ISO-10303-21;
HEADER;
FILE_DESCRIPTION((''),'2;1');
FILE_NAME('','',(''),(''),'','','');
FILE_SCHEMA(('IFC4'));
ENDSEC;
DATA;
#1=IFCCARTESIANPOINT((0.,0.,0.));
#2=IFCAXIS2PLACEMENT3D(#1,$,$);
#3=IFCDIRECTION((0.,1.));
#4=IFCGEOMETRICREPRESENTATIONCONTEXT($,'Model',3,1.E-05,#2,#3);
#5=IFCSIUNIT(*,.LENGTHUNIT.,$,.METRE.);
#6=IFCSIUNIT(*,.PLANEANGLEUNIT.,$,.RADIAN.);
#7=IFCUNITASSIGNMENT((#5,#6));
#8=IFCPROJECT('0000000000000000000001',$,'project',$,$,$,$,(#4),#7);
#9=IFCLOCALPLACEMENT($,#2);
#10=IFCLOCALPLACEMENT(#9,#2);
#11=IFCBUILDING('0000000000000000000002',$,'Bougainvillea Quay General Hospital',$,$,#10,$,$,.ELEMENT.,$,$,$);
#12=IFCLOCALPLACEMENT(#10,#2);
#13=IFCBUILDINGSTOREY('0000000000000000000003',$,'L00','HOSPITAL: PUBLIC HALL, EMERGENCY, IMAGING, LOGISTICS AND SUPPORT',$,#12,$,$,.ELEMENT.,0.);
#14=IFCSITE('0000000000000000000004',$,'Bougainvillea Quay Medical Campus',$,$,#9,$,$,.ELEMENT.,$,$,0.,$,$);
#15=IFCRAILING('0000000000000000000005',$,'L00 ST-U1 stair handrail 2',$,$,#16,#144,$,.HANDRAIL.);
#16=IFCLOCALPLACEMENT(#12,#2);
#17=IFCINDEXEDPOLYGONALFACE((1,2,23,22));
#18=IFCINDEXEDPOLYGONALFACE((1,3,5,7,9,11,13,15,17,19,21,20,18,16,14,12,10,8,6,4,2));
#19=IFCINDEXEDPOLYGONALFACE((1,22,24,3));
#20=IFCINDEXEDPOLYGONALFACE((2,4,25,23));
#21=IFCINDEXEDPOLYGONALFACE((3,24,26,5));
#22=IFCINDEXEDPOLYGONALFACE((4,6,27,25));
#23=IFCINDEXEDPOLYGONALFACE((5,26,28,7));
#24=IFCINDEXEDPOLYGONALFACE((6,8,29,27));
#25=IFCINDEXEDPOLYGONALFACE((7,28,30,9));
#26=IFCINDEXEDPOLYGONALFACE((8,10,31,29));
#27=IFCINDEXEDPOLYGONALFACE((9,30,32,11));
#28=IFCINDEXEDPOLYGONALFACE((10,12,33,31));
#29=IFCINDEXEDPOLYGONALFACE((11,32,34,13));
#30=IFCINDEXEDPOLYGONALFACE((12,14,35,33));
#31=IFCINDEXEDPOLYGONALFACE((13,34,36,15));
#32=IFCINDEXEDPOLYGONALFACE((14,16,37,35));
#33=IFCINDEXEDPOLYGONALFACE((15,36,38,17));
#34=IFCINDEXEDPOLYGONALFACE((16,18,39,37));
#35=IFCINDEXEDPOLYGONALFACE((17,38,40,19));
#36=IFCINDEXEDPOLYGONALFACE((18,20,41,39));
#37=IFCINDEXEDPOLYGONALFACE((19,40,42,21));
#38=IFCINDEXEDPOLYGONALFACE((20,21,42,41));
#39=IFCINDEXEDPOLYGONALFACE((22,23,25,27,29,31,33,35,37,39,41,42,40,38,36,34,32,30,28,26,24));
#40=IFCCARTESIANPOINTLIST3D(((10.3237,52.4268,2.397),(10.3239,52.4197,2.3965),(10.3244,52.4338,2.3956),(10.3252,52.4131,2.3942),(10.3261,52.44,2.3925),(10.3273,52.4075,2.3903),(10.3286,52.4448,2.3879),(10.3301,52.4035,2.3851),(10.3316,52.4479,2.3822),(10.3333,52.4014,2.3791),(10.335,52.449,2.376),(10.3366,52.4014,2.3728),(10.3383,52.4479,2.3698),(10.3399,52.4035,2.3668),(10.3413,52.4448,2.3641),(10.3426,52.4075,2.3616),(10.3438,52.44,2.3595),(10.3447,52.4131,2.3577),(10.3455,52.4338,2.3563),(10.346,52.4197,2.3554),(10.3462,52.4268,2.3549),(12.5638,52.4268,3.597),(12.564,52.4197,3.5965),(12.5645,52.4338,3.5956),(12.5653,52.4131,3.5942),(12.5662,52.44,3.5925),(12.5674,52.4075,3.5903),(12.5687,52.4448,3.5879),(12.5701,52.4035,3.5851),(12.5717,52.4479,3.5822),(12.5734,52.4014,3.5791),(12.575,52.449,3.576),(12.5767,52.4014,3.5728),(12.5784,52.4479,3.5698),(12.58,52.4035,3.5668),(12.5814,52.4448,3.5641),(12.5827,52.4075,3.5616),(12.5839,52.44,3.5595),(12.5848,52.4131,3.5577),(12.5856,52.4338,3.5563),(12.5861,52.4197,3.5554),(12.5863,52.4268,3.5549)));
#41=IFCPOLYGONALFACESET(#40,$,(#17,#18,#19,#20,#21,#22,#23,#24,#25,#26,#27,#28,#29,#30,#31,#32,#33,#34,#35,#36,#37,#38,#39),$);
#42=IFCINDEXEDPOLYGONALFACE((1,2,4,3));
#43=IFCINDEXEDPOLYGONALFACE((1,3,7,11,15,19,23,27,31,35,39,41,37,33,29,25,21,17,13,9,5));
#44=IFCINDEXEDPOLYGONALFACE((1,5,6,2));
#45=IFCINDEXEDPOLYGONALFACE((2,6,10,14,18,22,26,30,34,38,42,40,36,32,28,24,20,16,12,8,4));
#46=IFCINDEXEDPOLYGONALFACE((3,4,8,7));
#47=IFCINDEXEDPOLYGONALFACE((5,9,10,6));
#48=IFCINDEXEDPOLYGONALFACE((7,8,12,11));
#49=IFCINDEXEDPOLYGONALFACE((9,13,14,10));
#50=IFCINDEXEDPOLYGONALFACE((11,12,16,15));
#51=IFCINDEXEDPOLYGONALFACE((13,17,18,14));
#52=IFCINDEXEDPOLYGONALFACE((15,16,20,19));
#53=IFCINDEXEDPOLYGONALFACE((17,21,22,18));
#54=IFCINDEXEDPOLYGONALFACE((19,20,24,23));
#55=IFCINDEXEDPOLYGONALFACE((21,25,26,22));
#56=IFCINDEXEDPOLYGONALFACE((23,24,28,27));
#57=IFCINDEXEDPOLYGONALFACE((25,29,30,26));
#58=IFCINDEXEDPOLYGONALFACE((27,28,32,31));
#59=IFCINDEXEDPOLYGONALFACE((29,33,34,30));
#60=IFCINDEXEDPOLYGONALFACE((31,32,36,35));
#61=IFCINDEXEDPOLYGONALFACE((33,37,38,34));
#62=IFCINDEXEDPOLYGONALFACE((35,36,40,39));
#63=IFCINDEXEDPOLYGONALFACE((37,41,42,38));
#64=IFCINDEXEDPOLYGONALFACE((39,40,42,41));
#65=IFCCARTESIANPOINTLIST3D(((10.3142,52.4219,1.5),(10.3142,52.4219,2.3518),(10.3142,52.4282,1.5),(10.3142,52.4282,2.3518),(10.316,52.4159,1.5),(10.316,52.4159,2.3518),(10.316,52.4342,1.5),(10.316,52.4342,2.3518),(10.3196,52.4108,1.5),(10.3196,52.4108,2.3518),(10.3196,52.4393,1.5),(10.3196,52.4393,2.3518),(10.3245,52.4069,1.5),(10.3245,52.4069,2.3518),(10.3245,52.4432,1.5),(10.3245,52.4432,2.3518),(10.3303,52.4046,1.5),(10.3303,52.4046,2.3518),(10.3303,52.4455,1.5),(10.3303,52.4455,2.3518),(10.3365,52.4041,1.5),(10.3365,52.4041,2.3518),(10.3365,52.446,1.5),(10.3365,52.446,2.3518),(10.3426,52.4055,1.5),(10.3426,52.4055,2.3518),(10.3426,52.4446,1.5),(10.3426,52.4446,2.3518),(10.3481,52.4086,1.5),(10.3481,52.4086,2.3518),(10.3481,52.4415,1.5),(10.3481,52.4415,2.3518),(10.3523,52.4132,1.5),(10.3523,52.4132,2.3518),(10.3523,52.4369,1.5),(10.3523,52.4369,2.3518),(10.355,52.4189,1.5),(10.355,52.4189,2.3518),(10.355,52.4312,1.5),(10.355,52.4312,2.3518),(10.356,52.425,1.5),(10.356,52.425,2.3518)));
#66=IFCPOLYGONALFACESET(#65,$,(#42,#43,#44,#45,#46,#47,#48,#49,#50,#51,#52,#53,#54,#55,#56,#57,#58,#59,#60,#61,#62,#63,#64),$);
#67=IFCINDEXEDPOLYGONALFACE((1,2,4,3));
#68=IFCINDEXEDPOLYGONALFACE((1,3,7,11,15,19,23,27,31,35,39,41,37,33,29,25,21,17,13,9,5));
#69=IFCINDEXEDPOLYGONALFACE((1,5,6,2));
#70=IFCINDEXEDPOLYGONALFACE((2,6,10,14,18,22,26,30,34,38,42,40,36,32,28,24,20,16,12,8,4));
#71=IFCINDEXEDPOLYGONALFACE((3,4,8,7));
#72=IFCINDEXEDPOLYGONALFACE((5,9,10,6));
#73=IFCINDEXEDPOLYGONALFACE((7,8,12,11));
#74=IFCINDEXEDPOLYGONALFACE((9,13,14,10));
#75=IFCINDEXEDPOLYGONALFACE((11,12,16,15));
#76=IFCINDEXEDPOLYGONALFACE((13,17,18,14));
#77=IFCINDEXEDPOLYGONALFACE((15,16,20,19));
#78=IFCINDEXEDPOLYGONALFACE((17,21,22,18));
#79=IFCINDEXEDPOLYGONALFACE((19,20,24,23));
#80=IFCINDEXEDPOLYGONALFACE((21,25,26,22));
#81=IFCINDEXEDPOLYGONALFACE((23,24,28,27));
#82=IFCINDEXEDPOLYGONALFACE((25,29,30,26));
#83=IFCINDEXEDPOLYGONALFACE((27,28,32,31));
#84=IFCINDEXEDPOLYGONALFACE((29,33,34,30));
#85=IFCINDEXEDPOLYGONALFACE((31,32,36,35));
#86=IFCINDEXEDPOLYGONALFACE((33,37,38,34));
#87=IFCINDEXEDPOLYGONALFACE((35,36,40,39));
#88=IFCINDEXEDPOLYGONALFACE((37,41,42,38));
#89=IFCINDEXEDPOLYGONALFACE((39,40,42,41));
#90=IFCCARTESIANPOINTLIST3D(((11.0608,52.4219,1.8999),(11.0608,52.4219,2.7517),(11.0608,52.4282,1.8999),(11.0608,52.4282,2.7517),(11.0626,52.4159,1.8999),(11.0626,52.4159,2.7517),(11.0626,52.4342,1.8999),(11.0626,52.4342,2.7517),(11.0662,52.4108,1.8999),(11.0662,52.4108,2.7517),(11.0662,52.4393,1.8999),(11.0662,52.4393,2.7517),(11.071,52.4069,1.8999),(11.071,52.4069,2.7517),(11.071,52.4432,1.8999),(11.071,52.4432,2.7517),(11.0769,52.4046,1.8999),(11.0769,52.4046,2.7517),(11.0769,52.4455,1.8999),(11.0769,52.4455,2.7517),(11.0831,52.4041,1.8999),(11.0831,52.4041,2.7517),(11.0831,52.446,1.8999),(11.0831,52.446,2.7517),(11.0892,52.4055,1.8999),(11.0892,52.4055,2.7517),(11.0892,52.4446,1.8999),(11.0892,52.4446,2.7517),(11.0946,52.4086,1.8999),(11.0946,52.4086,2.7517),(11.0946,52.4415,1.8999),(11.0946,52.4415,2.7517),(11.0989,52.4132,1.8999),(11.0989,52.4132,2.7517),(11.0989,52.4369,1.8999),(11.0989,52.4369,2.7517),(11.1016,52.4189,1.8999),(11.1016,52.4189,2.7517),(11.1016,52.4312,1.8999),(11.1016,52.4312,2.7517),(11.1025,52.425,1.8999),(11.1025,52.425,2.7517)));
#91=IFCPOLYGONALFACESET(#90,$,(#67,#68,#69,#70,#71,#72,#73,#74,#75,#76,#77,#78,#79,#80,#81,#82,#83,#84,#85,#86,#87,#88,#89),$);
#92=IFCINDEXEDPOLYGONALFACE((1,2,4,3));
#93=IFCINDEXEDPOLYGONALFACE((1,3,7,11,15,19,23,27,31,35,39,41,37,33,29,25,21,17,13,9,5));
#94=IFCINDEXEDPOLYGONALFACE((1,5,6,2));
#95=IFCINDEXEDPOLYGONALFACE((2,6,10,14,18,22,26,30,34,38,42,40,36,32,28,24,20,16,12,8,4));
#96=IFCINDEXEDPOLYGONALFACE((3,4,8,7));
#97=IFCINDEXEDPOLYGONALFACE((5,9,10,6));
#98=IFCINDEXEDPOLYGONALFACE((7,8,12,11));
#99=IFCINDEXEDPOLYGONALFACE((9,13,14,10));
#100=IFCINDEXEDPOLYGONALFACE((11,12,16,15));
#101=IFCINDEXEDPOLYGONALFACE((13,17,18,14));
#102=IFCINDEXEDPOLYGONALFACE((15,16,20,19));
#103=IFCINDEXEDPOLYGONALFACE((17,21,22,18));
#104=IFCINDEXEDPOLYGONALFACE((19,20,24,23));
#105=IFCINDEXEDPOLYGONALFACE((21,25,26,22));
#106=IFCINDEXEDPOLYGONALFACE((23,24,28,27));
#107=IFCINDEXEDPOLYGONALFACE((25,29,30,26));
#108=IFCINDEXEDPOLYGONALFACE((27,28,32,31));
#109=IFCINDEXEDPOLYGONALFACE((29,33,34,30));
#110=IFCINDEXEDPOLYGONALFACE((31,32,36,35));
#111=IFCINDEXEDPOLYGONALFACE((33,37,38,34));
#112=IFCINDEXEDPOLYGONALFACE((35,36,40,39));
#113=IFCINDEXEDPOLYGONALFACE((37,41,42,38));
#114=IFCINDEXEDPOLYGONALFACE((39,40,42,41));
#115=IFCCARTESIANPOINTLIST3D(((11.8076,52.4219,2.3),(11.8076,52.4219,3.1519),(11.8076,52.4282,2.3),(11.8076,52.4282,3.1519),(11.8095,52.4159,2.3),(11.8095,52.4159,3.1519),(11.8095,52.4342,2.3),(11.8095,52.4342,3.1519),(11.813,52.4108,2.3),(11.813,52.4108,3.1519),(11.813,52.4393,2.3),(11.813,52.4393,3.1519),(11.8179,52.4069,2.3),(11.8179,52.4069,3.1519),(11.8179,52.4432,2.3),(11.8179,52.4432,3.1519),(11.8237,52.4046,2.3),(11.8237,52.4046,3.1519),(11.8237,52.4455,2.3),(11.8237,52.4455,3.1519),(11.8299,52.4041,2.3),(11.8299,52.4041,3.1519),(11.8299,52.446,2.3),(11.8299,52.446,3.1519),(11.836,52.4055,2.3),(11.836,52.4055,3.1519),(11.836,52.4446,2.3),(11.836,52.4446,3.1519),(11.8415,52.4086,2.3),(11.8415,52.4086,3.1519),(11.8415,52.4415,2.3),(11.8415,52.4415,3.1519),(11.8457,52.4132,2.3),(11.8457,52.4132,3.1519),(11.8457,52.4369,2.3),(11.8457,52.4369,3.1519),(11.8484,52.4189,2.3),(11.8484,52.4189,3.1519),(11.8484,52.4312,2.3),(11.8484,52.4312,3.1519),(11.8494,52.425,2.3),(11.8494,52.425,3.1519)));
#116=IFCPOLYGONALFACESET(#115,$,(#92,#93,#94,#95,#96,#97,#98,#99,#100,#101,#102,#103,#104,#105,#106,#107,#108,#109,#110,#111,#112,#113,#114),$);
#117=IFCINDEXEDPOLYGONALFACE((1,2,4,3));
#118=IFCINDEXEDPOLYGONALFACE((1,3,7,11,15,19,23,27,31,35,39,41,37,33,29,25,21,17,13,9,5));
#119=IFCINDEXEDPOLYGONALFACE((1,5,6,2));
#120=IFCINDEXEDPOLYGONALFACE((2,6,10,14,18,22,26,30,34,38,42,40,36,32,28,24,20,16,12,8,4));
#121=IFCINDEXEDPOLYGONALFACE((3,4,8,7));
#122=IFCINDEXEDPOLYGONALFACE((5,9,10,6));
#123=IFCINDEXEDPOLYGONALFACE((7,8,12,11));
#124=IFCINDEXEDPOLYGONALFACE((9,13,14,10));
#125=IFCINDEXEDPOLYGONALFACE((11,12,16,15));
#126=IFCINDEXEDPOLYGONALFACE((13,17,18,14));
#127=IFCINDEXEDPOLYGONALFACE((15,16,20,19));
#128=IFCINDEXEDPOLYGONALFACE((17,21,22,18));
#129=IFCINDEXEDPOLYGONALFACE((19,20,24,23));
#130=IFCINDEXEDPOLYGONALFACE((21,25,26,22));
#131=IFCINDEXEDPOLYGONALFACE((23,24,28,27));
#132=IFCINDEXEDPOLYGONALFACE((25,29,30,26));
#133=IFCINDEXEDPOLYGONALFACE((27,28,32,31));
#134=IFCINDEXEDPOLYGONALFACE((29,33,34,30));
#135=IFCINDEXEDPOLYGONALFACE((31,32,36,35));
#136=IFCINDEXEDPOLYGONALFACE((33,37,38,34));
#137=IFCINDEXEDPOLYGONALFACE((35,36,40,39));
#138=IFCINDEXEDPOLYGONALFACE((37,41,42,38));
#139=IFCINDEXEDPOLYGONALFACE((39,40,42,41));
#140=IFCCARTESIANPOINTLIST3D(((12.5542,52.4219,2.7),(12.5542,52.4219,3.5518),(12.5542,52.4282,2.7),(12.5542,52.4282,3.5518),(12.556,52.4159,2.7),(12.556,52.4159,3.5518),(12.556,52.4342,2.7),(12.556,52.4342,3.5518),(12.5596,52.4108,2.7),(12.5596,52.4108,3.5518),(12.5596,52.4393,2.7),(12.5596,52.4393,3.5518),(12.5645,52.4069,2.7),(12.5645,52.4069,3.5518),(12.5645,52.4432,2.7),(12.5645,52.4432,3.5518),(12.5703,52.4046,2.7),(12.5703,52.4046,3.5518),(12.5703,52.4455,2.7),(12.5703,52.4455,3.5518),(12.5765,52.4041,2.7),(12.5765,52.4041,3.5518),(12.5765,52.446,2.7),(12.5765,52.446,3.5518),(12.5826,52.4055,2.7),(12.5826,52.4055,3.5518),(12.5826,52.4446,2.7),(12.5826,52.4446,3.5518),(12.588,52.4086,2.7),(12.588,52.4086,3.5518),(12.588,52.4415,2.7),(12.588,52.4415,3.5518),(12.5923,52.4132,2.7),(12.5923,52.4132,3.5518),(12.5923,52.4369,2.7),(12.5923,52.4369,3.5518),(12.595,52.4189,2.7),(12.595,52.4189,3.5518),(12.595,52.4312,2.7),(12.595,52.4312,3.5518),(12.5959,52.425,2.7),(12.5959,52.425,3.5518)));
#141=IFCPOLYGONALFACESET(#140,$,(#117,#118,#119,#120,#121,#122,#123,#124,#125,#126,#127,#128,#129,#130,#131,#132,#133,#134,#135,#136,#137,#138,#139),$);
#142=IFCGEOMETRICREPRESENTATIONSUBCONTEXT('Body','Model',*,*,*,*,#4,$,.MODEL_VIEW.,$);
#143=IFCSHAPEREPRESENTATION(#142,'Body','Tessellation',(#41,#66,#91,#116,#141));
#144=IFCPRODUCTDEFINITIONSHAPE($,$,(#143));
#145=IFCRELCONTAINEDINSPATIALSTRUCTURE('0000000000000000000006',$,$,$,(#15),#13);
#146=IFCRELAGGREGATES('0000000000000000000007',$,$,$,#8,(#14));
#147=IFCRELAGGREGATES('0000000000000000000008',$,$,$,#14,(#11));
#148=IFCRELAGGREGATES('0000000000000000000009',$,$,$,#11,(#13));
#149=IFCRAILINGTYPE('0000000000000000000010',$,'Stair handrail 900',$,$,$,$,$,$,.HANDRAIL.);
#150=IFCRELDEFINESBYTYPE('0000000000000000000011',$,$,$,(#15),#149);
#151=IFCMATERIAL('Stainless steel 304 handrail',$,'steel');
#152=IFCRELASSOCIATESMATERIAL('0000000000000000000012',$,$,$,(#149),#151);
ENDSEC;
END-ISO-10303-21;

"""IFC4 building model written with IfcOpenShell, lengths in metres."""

from ifc_helpers import new_model, si_unit, direction, frame, origin, origin_2d, place, context, subcontext, project, spatial, circle, extrude, material, type_object, element, save


model = new_model("IFC4")

# Units and contexts
model_context = context("Model", 3, precision=1e-05, world=origin(), true_north=direction((0.0, 1.0)))
body_context = subcontext(model_context, "Body", "Model", "MODEL_VIEW")
ifc_project = project(units=[si_unit("LENGTHUNIT", "METRE"), si_unit("PLANEANGLEUNIT", "RADIAN")], contexts=[model_context])

# Site, building, storey
site_placement = place(None, origin())
site = spatial("IfcSite", under=ifc_project, at=site_placement, Name="Bougainvillea Quay Medical Campus", CompositionType="ELEMENT", RefElevation=0.0)
building_placement = place(site_placement, origin())
building = spatial("IfcBuilding", under=site, at=building_placement, Name="Bougainvillea Quay General Hospital", CompositionType="ELEMENT")
storey_placement = place(building_placement, origin())
storey = spatial("IfcBuildingStorey", under=building, at=storey_placement, Name="L00", Description="HOSPITAL: PUBLIC HALL, EMERGENCY, IMAGING, LOGISTICS AND SUPPORT", CompositionType="ELEMENT", Elevation=0.0)

# Railing
ifc_material_1 = material(Name="Stainless steel 304 handrail", Category="steel")
railing_type_1 = type_object("IfcRailingType", Name="Stair handrail 900", PredefinedType="HANDRAIL", material=ifc_material_1)
for number, where, name in (
    (1, (10.335, 52.425, 1.5), "L00 ST-U1 stair handrail 2"),
):
    element("IfcRailing", number, at=place(storey_placement, frame(where)), inside=storey, type_object=railing_type_1, Name=name, PredefinedType="HANDRAIL", context=body_context, shape_type="SweptSolid", body=[
        extrude(circle(Radius=0.0239, at=origin_2d()), frame((0.0, 0.0, 0.876), z_axis=(0.881487, 0.0, 0.472208), x_axis=(0.0, 1.0, 0.0)), (0.0, 0.0, 1.0), 2.5413),
        extrude(circle(Radius=0.021, at=origin_2d()), origin(), (0.0, 0.0, 1.0), 0.8518),
        extrude(circle(Radius=0.021, at=origin_2d()), frame((0.7466, 0.0, 0.3999)), (0.0, 0.0, 1.0), 0.8518),
        extrude(circle(Radius=0.021, at=origin_2d()), frame((1.4934, 0.0, 0.8)), (0.0, 0.0, 1.0), 0.8518),
        extrude(circle(Radius=0.021, at=origin_2d()), frame((2.24, 0.0, 1.2)), (0.0, 0.0, 1.0), 0.8518),
    ])

save(model, "model.ifc")
